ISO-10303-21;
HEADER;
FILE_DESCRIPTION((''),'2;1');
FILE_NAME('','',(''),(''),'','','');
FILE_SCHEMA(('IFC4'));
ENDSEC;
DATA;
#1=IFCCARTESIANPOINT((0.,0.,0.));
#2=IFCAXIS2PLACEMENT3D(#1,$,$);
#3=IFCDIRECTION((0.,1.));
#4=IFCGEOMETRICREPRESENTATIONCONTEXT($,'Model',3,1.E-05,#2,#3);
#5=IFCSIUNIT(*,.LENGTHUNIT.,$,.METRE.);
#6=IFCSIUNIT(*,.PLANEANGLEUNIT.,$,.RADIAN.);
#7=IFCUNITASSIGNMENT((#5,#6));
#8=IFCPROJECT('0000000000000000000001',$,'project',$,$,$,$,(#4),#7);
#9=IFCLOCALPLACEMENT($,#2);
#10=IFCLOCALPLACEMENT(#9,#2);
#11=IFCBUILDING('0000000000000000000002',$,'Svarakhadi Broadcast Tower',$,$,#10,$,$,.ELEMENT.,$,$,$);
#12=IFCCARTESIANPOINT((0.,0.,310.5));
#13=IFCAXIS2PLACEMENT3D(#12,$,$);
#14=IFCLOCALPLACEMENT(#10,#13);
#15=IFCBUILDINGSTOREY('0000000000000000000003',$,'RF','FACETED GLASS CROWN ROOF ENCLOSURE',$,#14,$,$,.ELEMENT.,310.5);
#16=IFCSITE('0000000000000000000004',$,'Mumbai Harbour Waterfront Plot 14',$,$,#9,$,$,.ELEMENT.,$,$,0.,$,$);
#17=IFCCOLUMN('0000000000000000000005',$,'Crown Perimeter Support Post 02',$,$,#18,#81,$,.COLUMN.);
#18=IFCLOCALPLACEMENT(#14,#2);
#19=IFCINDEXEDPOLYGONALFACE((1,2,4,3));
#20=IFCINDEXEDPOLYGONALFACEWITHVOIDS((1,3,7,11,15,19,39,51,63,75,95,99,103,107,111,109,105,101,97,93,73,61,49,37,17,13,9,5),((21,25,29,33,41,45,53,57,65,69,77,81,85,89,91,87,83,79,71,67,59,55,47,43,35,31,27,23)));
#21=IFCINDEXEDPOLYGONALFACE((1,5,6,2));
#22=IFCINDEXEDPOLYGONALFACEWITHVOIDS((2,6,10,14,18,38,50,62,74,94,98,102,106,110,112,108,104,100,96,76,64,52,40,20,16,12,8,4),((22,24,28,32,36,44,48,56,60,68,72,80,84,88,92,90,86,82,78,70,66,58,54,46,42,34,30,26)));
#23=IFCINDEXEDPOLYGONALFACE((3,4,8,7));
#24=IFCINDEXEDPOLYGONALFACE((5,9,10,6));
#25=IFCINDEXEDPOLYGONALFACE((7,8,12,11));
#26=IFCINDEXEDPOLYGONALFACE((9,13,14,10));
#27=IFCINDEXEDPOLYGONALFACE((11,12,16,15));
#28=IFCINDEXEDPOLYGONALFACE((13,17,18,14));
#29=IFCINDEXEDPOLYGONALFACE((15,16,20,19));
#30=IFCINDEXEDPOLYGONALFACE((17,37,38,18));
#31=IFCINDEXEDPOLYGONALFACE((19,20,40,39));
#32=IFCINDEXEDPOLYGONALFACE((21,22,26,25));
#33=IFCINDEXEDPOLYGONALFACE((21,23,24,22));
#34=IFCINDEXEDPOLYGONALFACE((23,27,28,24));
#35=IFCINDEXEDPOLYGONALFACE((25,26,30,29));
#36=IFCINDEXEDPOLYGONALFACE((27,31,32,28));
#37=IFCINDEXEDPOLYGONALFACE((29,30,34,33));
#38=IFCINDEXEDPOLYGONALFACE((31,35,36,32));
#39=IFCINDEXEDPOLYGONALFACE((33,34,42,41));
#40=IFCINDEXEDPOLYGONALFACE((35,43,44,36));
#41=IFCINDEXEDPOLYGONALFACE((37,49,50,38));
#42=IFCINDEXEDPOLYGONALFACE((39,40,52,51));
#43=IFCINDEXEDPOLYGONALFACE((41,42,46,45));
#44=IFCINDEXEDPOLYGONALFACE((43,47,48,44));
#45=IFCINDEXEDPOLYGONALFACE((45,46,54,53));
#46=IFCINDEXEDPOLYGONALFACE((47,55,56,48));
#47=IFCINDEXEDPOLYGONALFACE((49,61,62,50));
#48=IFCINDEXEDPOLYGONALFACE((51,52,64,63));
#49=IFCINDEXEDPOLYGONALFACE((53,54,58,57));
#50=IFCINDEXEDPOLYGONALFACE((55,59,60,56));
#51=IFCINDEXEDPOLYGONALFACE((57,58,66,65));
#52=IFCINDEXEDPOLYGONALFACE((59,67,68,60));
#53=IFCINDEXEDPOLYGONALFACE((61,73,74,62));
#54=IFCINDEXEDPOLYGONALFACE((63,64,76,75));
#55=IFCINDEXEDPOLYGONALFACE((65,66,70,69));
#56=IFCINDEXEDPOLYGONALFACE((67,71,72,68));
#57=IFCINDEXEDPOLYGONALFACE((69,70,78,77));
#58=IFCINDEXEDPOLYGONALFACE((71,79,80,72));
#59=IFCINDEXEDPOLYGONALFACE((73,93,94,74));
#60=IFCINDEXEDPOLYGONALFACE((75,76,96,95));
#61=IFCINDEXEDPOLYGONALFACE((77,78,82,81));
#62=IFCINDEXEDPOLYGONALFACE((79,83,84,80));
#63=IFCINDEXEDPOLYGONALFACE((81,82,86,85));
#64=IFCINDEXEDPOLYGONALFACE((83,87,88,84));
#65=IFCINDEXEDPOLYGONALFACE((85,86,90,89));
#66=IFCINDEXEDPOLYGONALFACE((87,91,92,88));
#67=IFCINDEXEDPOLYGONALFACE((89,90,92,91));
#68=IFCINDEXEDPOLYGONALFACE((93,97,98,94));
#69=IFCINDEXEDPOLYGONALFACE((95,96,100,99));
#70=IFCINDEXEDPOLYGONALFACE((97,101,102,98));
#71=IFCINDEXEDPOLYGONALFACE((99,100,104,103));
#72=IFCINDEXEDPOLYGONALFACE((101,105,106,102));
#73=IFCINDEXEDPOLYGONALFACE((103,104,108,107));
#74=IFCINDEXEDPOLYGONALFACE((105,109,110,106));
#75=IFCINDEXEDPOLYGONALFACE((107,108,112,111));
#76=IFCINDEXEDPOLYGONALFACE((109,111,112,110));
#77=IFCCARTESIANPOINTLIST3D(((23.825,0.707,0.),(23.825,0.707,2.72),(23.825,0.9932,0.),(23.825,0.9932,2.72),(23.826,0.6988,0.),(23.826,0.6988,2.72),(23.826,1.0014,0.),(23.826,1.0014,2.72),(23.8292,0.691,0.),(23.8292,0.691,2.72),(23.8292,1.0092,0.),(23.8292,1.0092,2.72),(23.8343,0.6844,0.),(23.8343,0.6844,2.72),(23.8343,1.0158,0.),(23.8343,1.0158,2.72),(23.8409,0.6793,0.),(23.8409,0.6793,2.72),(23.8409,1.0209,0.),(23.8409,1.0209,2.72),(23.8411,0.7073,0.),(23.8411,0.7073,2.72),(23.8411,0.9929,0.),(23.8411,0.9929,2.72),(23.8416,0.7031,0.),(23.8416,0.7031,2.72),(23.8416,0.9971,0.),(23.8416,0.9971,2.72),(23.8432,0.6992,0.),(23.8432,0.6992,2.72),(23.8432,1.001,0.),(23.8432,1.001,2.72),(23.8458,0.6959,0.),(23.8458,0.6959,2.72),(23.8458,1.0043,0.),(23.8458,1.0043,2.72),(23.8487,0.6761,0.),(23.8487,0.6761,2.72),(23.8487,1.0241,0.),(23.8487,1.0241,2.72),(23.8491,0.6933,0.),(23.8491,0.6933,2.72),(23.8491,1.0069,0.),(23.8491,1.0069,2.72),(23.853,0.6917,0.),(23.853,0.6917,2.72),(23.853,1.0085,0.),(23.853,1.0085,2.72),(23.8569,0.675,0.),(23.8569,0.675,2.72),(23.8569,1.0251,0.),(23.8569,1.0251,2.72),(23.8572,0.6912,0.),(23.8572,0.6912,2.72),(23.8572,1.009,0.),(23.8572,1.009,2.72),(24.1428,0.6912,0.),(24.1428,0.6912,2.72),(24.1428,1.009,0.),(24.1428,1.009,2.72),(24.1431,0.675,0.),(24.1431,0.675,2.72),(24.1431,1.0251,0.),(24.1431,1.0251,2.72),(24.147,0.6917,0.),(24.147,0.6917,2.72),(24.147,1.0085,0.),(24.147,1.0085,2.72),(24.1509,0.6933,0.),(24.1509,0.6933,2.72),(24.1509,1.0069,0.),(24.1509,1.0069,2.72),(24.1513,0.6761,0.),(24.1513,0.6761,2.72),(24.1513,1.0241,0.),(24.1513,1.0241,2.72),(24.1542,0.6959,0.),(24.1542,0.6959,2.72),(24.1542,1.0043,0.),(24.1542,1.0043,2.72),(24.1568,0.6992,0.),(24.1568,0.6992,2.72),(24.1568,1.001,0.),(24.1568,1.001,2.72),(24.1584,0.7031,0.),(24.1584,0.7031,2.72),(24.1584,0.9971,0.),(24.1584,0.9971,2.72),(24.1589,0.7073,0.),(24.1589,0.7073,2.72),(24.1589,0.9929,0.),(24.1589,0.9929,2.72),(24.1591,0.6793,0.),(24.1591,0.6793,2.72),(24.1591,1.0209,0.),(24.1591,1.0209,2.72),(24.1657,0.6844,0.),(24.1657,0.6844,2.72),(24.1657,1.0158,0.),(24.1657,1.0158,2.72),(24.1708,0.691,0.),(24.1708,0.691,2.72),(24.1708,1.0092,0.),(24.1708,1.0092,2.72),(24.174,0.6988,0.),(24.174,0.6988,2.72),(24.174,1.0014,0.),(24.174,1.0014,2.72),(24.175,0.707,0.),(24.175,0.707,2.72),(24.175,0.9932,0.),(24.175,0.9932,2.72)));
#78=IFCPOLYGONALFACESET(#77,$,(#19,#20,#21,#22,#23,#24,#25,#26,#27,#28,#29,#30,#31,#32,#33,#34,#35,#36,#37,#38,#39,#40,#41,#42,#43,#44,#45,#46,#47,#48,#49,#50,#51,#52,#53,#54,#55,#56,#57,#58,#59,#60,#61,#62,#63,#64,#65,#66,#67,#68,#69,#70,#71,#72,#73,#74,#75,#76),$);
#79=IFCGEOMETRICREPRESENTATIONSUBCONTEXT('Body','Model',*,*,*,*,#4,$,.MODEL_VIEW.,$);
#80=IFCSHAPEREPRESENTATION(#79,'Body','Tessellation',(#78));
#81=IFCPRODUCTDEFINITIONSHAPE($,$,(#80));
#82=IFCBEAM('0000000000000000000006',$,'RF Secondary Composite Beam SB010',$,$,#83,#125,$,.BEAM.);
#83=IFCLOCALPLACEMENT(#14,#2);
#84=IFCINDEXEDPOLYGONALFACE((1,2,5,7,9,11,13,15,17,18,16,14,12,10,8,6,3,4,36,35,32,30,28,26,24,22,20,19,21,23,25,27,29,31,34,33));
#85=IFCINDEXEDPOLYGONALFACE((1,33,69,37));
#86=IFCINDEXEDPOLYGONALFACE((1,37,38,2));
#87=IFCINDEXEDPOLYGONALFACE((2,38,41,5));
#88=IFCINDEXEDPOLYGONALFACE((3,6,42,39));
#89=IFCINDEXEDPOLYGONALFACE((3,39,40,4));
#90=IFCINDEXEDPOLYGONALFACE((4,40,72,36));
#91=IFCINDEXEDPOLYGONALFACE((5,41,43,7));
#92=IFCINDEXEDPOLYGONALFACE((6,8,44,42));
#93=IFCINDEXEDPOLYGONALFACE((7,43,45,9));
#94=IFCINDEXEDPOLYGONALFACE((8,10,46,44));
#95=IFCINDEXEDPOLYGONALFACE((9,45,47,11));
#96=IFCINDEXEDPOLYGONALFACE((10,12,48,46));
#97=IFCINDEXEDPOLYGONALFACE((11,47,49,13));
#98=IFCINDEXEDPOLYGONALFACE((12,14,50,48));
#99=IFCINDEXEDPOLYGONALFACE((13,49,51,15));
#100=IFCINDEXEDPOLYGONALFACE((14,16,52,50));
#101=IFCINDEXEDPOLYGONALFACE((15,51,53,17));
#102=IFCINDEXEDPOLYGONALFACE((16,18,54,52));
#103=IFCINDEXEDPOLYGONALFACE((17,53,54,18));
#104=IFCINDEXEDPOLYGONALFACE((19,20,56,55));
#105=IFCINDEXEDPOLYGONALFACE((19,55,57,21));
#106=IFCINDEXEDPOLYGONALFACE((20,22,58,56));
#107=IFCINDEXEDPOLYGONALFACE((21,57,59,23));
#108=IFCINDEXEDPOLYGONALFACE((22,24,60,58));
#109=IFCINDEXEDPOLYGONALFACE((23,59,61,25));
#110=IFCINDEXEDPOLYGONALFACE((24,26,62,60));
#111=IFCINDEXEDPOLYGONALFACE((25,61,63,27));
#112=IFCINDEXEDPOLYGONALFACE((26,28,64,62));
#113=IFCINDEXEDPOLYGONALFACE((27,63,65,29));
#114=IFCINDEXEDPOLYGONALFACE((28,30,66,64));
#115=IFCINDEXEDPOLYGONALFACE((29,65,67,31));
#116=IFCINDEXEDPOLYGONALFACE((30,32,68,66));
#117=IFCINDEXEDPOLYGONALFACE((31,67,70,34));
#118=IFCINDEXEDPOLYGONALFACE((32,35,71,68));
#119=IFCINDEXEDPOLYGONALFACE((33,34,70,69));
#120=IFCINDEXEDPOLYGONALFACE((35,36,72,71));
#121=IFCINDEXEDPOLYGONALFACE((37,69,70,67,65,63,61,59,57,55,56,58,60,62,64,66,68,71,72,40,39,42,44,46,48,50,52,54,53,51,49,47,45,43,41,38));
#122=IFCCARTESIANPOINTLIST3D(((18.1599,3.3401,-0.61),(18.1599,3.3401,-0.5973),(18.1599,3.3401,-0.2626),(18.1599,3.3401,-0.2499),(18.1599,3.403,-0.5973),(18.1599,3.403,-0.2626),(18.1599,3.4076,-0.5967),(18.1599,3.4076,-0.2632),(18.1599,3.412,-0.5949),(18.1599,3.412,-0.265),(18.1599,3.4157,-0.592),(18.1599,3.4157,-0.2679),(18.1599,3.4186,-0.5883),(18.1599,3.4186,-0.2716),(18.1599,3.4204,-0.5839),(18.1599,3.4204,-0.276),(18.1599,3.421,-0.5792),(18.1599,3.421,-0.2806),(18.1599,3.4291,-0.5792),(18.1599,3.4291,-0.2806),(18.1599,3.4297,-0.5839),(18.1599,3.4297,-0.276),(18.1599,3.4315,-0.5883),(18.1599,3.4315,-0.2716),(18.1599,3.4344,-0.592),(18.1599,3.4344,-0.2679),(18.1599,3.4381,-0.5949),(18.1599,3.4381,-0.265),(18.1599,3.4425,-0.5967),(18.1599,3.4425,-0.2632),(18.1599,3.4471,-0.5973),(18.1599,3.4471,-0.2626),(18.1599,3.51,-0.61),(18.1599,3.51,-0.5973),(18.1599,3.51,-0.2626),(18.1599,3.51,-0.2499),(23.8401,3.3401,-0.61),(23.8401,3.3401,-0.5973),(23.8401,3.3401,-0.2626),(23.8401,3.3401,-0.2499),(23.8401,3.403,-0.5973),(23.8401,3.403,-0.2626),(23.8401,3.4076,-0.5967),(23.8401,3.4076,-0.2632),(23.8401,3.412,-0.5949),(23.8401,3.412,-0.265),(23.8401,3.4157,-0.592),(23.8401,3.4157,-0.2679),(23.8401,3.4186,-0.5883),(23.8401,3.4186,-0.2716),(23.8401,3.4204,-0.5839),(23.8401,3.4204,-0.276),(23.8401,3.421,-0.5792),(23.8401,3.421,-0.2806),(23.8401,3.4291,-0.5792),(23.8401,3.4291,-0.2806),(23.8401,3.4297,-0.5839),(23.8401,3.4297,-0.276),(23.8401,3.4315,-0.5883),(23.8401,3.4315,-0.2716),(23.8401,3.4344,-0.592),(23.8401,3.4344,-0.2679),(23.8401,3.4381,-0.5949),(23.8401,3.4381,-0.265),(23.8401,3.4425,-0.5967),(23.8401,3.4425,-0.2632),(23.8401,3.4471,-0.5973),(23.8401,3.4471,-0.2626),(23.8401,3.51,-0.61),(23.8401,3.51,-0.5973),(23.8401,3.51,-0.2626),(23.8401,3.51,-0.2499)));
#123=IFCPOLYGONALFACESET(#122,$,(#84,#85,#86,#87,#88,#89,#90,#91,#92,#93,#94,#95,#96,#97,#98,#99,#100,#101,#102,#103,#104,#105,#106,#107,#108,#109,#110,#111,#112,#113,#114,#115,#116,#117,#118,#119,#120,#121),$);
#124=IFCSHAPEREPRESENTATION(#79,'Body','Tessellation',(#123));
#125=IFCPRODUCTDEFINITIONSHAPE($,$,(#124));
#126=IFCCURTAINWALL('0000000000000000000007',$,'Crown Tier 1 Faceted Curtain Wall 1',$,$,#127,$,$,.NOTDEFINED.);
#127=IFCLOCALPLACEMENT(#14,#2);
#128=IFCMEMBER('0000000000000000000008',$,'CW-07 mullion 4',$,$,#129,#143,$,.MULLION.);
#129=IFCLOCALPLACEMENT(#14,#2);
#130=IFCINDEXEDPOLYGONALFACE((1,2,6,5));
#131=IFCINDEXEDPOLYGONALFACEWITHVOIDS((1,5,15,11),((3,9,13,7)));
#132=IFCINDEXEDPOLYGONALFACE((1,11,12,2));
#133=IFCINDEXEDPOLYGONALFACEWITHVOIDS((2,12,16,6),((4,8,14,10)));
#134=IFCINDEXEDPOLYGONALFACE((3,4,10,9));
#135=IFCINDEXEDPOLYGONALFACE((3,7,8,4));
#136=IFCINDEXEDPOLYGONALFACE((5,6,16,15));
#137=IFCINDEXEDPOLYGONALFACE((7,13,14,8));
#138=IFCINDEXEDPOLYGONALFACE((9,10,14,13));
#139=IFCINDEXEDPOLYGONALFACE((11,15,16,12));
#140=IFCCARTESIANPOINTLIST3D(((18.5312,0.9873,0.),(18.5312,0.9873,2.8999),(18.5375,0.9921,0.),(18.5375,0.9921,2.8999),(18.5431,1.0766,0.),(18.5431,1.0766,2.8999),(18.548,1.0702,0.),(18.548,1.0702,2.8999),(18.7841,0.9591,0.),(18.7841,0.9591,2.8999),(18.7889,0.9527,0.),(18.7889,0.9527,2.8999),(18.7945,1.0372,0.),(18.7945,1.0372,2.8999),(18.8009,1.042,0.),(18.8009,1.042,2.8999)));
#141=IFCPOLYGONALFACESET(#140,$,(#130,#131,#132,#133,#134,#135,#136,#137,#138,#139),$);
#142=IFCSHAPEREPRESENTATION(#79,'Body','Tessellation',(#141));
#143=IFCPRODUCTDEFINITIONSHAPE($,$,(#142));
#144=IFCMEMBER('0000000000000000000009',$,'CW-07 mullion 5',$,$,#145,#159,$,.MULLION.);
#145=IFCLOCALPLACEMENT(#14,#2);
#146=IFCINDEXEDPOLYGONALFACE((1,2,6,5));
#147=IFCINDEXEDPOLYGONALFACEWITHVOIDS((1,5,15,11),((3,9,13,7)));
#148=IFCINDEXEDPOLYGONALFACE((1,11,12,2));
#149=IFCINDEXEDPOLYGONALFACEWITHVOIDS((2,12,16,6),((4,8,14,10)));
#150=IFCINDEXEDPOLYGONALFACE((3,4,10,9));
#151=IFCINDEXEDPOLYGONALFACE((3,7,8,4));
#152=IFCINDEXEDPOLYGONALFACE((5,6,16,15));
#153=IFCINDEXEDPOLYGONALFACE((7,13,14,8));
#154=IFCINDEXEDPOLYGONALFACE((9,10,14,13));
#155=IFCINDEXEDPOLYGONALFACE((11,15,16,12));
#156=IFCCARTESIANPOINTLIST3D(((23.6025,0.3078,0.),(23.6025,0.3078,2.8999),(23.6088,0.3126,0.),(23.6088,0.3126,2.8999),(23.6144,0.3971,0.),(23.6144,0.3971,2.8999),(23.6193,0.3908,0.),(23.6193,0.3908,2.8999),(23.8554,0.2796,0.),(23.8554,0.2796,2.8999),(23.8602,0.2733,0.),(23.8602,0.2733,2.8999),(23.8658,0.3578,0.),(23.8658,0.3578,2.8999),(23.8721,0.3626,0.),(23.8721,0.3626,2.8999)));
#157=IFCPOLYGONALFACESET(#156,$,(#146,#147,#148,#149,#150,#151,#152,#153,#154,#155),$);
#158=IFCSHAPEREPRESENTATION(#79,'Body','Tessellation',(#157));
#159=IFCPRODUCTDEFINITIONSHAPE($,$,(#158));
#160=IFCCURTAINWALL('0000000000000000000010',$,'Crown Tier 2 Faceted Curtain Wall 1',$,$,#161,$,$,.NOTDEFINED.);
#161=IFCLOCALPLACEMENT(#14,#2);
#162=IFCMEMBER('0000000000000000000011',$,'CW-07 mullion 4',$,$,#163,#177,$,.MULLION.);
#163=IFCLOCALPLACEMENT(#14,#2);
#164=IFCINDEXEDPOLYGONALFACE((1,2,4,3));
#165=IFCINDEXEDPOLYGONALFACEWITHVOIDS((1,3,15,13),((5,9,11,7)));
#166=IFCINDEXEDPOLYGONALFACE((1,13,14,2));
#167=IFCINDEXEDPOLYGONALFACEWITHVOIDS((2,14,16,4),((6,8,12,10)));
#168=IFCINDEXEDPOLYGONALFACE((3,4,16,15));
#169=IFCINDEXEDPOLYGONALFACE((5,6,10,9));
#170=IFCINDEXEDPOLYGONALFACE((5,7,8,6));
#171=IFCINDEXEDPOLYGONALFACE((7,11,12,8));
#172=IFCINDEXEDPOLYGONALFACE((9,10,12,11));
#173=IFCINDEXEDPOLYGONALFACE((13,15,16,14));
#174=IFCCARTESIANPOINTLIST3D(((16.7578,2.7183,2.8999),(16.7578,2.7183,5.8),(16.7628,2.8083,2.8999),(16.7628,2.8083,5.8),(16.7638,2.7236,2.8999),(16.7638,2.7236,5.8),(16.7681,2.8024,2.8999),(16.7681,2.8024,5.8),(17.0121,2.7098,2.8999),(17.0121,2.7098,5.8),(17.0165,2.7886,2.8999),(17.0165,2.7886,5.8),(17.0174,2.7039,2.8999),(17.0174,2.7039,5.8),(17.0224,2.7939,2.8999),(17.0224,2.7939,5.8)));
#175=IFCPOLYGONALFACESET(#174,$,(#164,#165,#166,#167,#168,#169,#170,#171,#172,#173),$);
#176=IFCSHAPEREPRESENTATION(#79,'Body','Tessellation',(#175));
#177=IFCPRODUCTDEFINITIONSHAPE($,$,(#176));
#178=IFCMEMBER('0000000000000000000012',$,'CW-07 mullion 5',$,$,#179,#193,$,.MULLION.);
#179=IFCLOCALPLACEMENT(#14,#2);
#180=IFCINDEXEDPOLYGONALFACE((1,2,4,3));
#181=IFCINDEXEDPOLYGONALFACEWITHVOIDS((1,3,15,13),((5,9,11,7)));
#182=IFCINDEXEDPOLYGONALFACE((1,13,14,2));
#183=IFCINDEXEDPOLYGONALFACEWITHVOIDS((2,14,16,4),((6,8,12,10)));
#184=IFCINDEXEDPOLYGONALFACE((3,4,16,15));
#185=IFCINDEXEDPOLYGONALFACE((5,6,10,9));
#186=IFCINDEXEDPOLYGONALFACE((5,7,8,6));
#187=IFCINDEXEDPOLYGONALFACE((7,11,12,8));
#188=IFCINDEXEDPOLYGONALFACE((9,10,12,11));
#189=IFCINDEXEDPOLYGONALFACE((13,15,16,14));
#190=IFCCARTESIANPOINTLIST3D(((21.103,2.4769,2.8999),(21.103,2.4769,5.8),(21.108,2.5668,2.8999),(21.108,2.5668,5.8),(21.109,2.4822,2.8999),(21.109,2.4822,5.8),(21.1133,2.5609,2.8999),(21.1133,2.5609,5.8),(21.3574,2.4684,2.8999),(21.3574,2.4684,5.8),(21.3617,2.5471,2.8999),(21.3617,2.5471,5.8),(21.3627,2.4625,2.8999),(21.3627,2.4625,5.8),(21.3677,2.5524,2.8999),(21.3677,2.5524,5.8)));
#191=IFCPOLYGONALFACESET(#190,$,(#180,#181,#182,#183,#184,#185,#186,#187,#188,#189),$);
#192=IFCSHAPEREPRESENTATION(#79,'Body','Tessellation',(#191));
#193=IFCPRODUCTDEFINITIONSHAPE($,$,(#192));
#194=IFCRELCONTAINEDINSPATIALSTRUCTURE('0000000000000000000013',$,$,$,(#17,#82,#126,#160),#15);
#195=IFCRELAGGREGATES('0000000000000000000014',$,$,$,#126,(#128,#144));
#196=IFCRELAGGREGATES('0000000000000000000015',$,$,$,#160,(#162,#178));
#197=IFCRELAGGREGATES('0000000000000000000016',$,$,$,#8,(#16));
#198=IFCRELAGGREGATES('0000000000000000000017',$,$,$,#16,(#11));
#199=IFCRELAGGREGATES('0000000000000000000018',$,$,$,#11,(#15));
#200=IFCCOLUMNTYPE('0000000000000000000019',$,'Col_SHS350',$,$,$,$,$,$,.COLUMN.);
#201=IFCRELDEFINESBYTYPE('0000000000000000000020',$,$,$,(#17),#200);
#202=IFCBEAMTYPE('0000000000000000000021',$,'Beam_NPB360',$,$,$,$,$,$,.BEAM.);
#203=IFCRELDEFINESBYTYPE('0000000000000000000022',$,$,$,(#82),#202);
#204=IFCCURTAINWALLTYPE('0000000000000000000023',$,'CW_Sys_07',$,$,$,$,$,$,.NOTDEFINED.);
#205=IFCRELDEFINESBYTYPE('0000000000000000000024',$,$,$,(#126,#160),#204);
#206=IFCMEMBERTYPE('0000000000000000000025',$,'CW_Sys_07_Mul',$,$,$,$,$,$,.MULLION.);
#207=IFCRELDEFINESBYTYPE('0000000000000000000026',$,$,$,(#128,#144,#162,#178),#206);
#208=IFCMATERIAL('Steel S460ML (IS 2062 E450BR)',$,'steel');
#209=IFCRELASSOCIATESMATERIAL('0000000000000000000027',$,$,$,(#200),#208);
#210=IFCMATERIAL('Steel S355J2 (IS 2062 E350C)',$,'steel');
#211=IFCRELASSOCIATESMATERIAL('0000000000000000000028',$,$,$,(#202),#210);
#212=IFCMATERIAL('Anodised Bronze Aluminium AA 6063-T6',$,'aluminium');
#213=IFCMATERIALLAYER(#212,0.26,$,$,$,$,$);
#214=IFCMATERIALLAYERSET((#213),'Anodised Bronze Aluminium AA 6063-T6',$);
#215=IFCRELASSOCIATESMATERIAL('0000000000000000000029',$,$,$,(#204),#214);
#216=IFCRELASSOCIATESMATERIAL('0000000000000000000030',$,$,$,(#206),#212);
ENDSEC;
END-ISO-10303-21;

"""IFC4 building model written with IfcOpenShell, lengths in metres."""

from ifc_helpers import new_model, si_unit, direction, frame, origin, origin_2d, place, context, subcontext, project, spatial, hollow_rectangle, i_section, extrude, material, layer, layer_set, material_profile, profile_set, type_object, element, aggregate, save


model = new_model("IFC4")

# Units and contexts
model_context = context("Model", 3, precision=1e-05, world=origin(), true_north=direction((0.0, 1.0)))
body_context = subcontext(model_context, "Body", "Model", "MODEL_VIEW")
ifc_project = project(units=[si_unit("LENGTHUNIT", "METRE"), si_unit("PLANEANGLEUNIT", "RADIAN")], contexts=[model_context])

# Site, building, storey
site_placement = place(None, origin())
site = spatial("IfcSite", under=ifc_project, at=site_placement, Name="Mumbai Harbour Waterfront Plot 14", CompositionType="ELEMENT", RefElevation=0.0)
building_placement = place(site_placement, origin())
building = spatial("IfcBuilding", under=site, at=building_placement, Name="Svarakhadi Broadcast Tower", CompositionType="ELEMENT")
storey_placement = place(building_placement, frame((0.0, 0.0, 310.5)))
storey = spatial("IfcBuildingStorey", under=building, at=storey_placement, Name="RF", Description="FACETED GLASS CROWN ROOF ENCLOSURE", CompositionType="ELEMENT", Elevation=310.5)

# Column
ifc_material_1 = material(Name="Steel S460ML (IS 2062 E450BR)", Category="steel")
ifc_material_profile_1 = material_profile(ifc_material_1, hollow_rectangle(XDim=0.3501, YDim=0.3501, WallThickness=0.0161, InnerFilletRadius=0.0161, OuterFilletRadius=0.032, at=origin_2d()), Name="SHS 350x350x16")
ifc_profile_set_1 = profile_set([ifc_material_profile_1], Name="Steel S460ML (IS 2062 E450BR)")
column_type = type_object("IfcColumnType", Name="Col_SHS350", PredefinedType="COLUMN", material=ifc_profile_set_1)
column_placement = place(storey_placement, frame((24.0, 0.8501, 0.0), z_axis=(0.0, 0.0, 1.0), x_axis=(1.0, 0.0, 0.0)))
element("IfcColumn", 1, at=column_placement, inside=storey, type_object=column_type, Name="Crown Perimeter Support Post 02", PredefinedType="COLUMN", context=body_context, shape_type="SweptSolid", body=[
    extrude(hollow_rectangle(XDim=0.3501, YDim=0.3501, WallThickness=0.0161, InnerFilletRadius=0.0161, OuterFilletRadius=0.032, at=origin_2d()), origin(), (0.0, 0.0, 1.0), 2.72),
])

# Beam
ifc_material_2 = material(Name="Steel S355J2 (IS 2062 E350C)", Category="steel")
ifc_material_profile_2 = material_profile(ifc_material_2, i_section(OverallWidth=0.1699, OverallDepth=0.3601, WebThickness=0.0081, FlangeThickness=0.0127, FilletRadius=0.0181, at=origin_2d()), Name="NPB 360x170x57")
ifc_profile_set_2 = profile_set([ifc_material_profile_2], Name="Steel S355J2 (IS 2062 E350C)")
beam_type_1 = type_object("IfcBeamType", Name="Beam_NPB360", PredefinedType="BEAM", material=ifc_profile_set_2)
beam_placement = place(storey_placement, frame((18.1599, 3.425, -0.4299), z_axis=(1.0, 0.0, 0.0), x_axis=(0.0, 1.0, 0.0)))
element("IfcBeam", 2, at=beam_placement, inside=storey, type_object=beam_type_1, Name="RF Secondary Composite Beam SB010", PredefinedType="BEAM", context=body_context, shape_type="SweptSolid", body=[
    extrude(i_section(OverallWidth=0.1699, OverallDepth=0.3601, WebThickness=0.0081, FlangeThickness=0.0127, FilletRadius=0.0181, at=origin_2d()), origin(), (0.0, 0.0, 1.0), 5.6802),
])

# Curtain walls, members
ifc_material_3 = material(Name="Anodised Bronze Aluminium AA 6063-T6", Category="aluminium")
ifc_layer_1 = layer(ifc_material_3, 0.26)
ifc_layer_set_1 = layer_set([ifc_layer_1], Name="Anodised Bronze Aluminium AA 6063-T6")
curtain_wall_type = type_object("IfcCurtainWallType", Name="CW_Sys_07", PredefinedType="NOTDEFINED", material=ifc_layer_set_1)
curtain_wall_1_placement = place(storey_placement, origin())
curtain_wall_1 = element("IfcCurtainWall", 3, at=curtain_wall_1_placement, inside=storey, type_object=curtain_wall_type, Name="Crown Tier 1 Faceted Curtain Wall 1", PredefinedType="NOTDEFINED")
ifc_material_profile_3 = material_profile(ifc_material_3, hollow_rectangle(XDim=0.0901, YDim=0.26, WallThickness=0.0056, at=origin_2d()), Name="ALU MULLION 260x90x6")
ifc_profile_set_3 = profile_set([ifc_material_profile_3], Name="Anodised Bronze Aluminium AA 6063-T6")
member_type_1 = type_object("IfcMemberType", Name="CW_Sys_07_Mul", PredefinedType="MULLION", material=ifc_profile_set_3)
member_1_placement = place(storey_placement, frame((18.666, 1.0146, 0.0), z_axis=(0.0, 0.0, 1.0), x_axis=(0.132787, 0.991145, 0.0)))
member_1 = element("IfcMember", 4, at=member_1_placement, type_object=member_type_1, Name="CW-07 mullion 4", PredefinedType="MULLION", context=body_context, shape_type="SweptSolid", body=[
    extrude(hollow_rectangle(XDim=0.0901, YDim=0.26, WallThickness=0.0056, at=origin_2d()), origin(), (0.0, 0.0, 1.0), 2.8999),
])
member_2_placement = place(storey_placement, frame((23.7373, 0.3352, 0.0), z_axis=(0.0, 0.0, 1.0), x_axis=(0.132787, 0.991145, 0.0)))
member_2 = element("IfcMember", 5, at=member_2_placement, type_object=member_type_1, Name="CW-07 mullion 5", PredefinedType="MULLION", context=body_context, shape_type="SweptSolid", body=[
    extrude(hollow_rectangle(XDim=0.0901, YDim=0.26, WallThickness=0.0056, at=origin_2d()), origin(), (0.0, 0.0, 1.0), 2.8999),
])
curtain_wall_2_placement = place(storey_placement, origin())
curtain_wall_2 = element("IfcCurtainWall", 6, at=curtain_wall_2_placement, inside=storey, type_object=curtain_wall_type, Name="Crown Tier 2 Faceted Curtain Wall 1", PredefinedType="NOTDEFINED")
member_3_placement = place(storey_placement, frame((16.8901, 2.7561, 2.8999), z_axis=(0.0, 0.0, 1.0), x_axis=(0.055471, 0.99846, 0.0)))
member_3 = element("IfcMember", 7, at=member_3_placement, type_object=member_type_1, Name="CW-07 mullion 4", PredefinedType="MULLION", context=body_context, shape_type="SweptSolid", body=[
    extrude(hollow_rectangle(XDim=0.0901, YDim=0.26, WallThickness=0.0056, at=origin_2d()), origin(), (0.0, 0.0, 1.0), 2.9001),
])
member_4_placement = place(storey_placement, frame((21.2354, 2.5146, 2.8999), z_axis=(0.0, 0.0, 1.0), x_axis=(0.055471, 0.99846, 0.0)))
member_4 = element("IfcMember", 8, at=member_4_placement, type_object=member_type_1, Name="CW-07 mullion 5", PredefinedType="MULLION", context=body_context, shape_type="SweptSolid", body=[
    extrude(hollow_rectangle(XDim=0.0901, YDim=0.26, WallThickness=0.0056, at=origin_2d()), origin(), (0.0, 0.0, 1.0), 2.9001),
])

aggregate(curtain_wall_1, [member_1, member_2])
aggregate(curtain_wall_2, [member_3, member_4])

save(model, "model.ifc")
